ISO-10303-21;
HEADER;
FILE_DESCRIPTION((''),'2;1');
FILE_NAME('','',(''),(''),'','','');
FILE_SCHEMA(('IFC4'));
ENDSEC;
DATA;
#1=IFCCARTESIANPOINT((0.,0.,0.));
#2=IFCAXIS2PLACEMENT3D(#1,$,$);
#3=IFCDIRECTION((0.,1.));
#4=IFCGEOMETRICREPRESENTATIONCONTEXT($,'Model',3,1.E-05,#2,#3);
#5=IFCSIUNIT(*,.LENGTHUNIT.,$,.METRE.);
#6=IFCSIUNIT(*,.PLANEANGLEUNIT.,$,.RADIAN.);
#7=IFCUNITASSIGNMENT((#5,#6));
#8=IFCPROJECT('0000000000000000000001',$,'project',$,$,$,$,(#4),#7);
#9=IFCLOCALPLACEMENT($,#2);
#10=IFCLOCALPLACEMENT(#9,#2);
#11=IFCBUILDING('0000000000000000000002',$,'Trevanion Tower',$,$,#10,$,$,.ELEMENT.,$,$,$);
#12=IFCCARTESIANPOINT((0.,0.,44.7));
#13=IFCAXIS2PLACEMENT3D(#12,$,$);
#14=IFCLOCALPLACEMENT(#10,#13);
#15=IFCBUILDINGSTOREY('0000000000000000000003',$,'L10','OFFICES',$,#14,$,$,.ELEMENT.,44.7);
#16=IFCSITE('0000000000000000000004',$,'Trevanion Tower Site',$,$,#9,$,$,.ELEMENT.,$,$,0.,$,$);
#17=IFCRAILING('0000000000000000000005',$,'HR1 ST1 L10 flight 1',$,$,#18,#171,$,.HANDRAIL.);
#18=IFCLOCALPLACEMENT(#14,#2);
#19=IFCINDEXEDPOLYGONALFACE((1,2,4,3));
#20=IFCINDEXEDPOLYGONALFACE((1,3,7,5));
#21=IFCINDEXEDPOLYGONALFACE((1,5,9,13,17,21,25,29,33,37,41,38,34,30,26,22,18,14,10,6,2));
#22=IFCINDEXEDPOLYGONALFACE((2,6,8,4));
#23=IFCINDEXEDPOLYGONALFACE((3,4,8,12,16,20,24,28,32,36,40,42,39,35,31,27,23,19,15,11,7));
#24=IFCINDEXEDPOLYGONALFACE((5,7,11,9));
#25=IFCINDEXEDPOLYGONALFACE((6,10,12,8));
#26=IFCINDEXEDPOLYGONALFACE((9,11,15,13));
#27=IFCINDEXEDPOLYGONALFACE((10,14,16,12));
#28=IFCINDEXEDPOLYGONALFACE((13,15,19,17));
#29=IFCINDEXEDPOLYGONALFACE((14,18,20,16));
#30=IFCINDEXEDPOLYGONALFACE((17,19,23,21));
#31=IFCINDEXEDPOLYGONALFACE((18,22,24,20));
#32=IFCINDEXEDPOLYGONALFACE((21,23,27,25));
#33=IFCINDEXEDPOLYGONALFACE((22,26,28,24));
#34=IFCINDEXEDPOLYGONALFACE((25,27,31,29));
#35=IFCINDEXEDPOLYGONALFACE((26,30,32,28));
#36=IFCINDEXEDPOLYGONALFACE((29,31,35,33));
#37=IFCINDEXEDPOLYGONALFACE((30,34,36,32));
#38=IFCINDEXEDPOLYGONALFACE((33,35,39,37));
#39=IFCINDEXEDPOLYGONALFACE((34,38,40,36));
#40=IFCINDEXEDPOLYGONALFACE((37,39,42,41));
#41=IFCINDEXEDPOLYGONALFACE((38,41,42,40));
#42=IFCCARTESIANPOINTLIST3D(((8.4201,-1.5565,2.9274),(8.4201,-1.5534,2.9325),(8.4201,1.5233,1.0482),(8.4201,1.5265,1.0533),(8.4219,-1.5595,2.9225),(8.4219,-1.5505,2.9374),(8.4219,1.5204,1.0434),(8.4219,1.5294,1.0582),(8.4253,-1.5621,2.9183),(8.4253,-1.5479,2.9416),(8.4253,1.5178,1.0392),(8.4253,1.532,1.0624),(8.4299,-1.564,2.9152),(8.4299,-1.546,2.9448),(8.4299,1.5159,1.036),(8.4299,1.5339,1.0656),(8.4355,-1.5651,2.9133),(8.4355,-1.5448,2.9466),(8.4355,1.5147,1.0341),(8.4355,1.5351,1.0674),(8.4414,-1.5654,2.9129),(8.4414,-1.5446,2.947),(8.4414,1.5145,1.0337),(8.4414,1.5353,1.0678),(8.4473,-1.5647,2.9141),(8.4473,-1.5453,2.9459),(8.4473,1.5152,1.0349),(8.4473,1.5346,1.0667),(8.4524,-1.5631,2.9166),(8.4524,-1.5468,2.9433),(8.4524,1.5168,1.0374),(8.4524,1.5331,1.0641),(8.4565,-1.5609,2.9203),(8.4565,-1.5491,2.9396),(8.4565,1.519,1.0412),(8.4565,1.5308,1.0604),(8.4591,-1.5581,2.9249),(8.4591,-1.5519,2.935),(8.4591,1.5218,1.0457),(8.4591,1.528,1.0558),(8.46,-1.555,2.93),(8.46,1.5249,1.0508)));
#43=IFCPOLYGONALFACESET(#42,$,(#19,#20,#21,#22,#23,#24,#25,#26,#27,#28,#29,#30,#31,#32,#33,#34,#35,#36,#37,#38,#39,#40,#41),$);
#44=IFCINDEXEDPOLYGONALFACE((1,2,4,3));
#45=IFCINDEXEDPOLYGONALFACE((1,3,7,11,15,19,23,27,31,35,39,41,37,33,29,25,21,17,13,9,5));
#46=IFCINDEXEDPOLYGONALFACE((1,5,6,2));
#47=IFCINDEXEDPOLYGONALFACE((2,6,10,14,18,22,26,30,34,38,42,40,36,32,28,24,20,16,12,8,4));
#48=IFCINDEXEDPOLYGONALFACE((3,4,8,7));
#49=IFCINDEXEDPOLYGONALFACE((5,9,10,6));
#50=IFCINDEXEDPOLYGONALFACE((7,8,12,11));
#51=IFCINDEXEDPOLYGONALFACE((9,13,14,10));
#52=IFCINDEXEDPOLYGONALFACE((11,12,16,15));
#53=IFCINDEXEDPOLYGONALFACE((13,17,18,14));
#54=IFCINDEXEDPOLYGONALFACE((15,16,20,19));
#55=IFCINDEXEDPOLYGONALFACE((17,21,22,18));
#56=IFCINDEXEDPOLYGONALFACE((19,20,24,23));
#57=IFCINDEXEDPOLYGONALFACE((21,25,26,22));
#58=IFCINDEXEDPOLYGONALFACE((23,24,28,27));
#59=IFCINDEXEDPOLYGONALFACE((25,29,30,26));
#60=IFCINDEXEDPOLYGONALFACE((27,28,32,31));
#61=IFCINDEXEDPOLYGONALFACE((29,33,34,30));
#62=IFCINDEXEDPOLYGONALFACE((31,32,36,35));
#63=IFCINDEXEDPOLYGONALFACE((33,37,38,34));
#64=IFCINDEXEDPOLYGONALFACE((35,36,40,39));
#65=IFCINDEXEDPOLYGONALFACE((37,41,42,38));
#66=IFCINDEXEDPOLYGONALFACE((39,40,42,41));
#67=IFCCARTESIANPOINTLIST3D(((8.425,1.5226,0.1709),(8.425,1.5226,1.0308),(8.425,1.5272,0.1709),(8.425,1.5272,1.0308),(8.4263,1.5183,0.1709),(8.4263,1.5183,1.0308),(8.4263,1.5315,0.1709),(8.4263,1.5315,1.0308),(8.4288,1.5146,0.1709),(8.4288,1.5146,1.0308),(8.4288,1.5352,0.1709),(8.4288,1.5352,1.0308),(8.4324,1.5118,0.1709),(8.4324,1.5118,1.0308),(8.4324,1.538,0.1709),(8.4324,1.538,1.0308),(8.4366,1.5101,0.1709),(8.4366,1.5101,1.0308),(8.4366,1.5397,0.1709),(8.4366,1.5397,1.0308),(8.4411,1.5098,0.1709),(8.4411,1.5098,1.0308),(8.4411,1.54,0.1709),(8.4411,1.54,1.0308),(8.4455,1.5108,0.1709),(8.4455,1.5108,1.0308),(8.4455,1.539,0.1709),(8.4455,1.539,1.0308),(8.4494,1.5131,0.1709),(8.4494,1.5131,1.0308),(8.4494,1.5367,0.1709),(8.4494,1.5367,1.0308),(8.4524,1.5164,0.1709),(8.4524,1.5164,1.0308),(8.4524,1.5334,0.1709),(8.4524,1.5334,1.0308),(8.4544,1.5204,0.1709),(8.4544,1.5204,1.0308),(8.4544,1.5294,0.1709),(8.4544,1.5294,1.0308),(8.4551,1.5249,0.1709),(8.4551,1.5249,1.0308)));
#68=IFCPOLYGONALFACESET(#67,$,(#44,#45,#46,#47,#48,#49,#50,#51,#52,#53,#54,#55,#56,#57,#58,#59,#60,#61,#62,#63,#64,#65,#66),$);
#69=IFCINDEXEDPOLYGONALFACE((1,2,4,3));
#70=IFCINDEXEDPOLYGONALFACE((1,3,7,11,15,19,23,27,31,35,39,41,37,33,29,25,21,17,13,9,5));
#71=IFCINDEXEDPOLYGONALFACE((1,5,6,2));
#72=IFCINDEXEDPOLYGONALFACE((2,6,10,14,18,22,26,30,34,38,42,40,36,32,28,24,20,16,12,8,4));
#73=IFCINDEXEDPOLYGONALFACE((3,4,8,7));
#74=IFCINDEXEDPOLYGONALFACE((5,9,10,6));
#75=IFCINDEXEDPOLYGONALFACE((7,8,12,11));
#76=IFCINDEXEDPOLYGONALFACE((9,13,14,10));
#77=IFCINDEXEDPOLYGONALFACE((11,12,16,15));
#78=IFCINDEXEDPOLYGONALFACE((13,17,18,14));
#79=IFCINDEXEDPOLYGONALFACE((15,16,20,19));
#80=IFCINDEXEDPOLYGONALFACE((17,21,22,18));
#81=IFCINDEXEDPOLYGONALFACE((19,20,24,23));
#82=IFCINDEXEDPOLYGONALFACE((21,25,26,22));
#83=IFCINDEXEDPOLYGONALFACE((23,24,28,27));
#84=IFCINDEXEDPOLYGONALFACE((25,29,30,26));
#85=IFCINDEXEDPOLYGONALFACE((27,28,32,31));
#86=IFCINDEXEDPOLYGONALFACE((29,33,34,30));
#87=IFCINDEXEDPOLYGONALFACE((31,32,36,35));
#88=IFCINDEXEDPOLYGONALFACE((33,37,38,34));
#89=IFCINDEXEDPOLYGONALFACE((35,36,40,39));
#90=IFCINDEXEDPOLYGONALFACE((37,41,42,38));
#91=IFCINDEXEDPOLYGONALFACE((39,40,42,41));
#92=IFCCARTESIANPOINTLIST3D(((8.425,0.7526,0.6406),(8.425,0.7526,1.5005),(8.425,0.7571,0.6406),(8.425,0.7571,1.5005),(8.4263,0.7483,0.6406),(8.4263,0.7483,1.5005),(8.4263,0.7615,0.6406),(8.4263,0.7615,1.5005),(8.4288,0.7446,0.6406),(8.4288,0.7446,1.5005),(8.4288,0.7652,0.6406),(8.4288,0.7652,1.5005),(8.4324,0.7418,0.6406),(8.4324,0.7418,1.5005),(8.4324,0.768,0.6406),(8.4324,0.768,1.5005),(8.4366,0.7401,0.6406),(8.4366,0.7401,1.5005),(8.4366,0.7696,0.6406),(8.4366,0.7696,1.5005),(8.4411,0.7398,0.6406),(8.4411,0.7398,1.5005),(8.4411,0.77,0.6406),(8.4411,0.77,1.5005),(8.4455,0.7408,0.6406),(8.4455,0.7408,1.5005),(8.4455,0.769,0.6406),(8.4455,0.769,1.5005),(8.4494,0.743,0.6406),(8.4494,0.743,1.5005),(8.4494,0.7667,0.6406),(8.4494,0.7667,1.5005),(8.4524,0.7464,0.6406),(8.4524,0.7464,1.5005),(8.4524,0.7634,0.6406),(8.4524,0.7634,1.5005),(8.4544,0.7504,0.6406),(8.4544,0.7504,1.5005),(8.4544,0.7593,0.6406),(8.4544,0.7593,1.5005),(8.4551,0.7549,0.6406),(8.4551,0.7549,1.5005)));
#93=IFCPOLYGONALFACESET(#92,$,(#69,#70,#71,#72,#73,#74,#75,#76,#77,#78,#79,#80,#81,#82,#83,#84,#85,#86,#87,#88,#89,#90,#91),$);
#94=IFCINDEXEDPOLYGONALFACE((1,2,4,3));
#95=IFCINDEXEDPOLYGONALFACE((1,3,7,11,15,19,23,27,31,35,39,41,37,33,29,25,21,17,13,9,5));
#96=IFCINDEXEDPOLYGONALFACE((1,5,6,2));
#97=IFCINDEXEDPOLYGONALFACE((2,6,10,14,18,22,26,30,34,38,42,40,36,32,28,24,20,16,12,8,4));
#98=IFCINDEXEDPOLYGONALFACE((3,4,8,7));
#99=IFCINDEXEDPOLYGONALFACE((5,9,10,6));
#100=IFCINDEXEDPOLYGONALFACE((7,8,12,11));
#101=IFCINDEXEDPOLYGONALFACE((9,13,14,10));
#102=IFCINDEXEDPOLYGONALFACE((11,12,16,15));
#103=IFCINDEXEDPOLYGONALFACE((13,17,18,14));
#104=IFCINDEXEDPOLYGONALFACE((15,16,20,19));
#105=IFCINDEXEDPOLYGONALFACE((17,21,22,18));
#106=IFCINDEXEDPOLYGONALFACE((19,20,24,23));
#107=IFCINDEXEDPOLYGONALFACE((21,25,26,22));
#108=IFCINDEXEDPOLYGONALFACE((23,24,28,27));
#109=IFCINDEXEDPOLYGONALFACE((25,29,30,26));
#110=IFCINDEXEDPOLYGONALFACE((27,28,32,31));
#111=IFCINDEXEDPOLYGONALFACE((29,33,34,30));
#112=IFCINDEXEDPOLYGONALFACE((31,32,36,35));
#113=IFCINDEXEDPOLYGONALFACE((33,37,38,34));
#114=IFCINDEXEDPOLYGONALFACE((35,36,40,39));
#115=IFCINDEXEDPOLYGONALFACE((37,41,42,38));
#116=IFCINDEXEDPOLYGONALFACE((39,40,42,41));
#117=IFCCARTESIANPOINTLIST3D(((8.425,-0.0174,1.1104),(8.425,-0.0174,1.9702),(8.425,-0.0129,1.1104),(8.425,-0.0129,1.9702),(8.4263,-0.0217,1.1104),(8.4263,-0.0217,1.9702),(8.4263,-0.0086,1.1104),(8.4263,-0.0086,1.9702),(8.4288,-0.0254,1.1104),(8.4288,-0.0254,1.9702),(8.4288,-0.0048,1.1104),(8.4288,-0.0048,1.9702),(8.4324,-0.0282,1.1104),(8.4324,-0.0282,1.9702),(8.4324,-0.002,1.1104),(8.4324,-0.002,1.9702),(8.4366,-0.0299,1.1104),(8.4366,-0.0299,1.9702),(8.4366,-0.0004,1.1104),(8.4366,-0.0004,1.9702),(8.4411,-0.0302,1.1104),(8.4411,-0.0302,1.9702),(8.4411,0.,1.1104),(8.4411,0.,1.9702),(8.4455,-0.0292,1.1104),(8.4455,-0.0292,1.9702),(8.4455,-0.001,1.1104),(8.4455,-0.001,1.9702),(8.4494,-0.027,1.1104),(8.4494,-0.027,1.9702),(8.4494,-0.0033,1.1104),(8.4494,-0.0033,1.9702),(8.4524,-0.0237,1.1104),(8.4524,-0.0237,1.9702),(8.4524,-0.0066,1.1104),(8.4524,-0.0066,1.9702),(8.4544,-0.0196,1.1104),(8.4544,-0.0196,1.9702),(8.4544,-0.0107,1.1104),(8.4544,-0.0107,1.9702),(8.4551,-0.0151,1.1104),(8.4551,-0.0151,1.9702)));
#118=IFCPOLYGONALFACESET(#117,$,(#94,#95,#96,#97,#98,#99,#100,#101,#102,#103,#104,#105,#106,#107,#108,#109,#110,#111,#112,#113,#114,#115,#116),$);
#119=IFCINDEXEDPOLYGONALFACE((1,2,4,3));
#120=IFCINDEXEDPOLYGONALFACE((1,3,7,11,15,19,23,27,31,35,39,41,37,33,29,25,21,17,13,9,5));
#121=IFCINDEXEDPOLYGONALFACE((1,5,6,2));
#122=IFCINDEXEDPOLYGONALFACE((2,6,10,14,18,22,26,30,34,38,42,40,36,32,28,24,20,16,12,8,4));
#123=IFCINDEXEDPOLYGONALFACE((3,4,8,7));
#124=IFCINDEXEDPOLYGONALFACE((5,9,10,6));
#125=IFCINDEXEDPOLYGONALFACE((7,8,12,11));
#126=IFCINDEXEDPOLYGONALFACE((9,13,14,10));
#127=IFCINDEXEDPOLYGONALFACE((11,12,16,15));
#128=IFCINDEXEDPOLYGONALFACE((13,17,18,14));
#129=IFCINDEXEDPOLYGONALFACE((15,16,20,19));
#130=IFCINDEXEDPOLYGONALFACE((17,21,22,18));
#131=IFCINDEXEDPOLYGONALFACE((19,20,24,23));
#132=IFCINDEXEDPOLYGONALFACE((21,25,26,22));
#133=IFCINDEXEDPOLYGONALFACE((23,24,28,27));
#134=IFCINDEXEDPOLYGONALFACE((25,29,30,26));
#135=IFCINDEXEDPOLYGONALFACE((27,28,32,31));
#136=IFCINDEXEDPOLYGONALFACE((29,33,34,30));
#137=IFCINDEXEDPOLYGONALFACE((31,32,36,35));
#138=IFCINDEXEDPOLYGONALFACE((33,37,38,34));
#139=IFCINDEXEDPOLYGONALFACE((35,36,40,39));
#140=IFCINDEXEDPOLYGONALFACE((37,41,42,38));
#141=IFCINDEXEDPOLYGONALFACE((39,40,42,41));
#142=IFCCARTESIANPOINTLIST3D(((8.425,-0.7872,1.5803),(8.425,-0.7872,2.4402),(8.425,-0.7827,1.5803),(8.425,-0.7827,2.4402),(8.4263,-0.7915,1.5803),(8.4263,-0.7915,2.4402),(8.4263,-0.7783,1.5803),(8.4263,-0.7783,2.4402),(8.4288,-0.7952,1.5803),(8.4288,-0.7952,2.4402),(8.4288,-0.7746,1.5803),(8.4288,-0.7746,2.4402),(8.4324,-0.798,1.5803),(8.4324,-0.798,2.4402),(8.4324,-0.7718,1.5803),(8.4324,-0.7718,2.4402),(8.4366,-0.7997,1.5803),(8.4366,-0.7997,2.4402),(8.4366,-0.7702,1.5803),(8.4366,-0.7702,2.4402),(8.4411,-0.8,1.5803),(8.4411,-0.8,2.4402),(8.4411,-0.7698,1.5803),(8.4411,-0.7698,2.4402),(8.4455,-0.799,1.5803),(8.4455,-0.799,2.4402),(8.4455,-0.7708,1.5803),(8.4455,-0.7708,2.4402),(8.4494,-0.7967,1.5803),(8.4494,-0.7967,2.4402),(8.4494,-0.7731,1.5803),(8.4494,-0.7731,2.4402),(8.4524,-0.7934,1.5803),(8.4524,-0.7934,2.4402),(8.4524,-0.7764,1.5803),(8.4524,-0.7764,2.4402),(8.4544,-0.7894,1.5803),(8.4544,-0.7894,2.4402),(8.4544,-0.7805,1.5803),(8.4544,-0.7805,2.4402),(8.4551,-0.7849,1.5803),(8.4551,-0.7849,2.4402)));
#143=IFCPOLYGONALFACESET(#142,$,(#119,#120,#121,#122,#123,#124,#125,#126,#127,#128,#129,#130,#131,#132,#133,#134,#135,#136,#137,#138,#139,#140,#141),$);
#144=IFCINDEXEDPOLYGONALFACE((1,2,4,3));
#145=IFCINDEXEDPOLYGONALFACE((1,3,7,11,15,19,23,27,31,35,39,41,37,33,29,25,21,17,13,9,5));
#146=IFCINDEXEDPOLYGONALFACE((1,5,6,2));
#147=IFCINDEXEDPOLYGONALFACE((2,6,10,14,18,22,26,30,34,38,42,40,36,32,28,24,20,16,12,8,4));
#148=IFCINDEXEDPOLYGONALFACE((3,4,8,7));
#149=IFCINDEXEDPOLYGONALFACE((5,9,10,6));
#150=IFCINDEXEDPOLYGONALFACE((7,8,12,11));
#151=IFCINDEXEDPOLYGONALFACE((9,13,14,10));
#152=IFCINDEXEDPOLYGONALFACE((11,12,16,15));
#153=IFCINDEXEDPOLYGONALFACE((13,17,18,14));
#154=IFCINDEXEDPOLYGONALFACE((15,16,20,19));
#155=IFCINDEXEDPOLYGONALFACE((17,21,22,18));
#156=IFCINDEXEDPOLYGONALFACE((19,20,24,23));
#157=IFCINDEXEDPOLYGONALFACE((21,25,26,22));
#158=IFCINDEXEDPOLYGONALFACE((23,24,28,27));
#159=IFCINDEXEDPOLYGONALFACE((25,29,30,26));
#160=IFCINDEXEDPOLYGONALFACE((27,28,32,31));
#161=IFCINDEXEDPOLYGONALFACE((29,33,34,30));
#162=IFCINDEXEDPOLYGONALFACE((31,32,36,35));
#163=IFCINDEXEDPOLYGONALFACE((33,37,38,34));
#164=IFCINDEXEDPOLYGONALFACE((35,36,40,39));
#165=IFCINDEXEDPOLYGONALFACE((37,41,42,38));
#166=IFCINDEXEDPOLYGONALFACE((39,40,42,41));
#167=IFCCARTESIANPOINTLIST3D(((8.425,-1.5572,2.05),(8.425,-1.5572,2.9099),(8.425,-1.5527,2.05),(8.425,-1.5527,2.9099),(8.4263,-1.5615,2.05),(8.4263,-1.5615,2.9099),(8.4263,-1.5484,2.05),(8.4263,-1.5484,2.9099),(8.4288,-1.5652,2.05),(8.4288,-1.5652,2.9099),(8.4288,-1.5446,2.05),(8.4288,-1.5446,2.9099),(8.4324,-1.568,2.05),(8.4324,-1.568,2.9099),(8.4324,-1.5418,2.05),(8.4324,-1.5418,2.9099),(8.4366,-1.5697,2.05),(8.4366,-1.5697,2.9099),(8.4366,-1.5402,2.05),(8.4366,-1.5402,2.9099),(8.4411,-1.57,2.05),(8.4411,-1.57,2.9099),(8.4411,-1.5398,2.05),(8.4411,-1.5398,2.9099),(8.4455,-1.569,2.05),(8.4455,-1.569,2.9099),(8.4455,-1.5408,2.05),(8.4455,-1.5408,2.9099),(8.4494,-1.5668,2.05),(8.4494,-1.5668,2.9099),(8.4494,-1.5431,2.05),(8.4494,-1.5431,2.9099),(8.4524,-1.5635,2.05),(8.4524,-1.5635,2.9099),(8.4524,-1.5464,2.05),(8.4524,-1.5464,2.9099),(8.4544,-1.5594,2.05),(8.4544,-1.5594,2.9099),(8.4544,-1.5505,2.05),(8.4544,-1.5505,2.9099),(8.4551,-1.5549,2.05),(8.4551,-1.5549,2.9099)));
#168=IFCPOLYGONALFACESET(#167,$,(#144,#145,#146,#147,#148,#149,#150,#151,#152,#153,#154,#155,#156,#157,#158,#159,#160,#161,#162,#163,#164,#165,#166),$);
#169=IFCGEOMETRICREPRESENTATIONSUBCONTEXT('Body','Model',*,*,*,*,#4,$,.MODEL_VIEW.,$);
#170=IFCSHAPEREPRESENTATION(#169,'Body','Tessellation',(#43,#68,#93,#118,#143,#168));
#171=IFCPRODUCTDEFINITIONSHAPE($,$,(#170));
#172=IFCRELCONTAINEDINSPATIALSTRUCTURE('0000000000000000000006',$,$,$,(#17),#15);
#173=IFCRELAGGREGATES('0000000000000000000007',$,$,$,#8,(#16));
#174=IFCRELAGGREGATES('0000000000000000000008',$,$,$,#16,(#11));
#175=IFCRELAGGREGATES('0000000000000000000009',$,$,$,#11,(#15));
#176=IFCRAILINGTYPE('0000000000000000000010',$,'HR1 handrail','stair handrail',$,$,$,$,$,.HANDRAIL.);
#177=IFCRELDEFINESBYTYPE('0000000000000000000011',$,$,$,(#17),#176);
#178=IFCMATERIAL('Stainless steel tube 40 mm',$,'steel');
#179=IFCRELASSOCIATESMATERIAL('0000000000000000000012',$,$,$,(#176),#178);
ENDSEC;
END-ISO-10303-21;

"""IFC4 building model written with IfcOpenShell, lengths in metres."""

from ifc_helpers import new_model, si_unit, direction, frame, origin, origin_2d, place, context, subcontext, project, spatial, circle, extrude, material, type_object, element, save


model = new_model("IFC4")

# Units and contexts
model_context = context("Model", 3, precision=1e-05, world=origin(), true_north=direction((0.0, 1.0)))
body_context = subcontext(model_context, "Body", "Model", "MODEL_VIEW")
ifc_project = project(units=[si_unit("LENGTHUNIT", "METRE"), si_unit("PLANEANGLEUNIT", "RADIAN")], contexts=[model_context])

# Site, building, storey
site_placement = place(None, origin())
site = spatial("IfcSite", under=ifc_project, at=site_placement, Name="Trevanion Tower Site", CompositionType="ELEMENT", RefElevation=0.0)
building_placement = place(site_placement, origin())
building = spatial("IfcBuilding", under=site, at=building_placement, Name="Trevanion Tower", CompositionType="ELEMENT")
storey_placement = place(building_placement, frame((0.0, 0.0, 44.7)))
storey = spatial("IfcBuildingStorey", under=building, at=storey_placement, Name="L10", Description="OFFICES", CompositionType="ELEMENT", Elevation=44.7)

# Railing
ifc_material_1 = material(Name="Stainless steel tube 40 mm", Category="steel")
railing_type = type_object("IfcRailingType", Name="HR1 handrail", Description="stair handrail", PredefinedType="HANDRAIL", material=ifc_material_1)
for number, where, name in (
    (1, (8.4399, 1.5249, 0.1709), "HR1 ST1 L10 flight 1"),
):
    element("IfcRailing", number, at=place(storey_placement, frame(where)), inside=storey, type_object=railing_type, Name=name, PredefinedType="HANDRAIL", context=body_context, shape_type="SweptSolid", body=[
        extrude(circle(Radius=0.02, at=origin_2d()), frame((0.0, 0.0, 0.8799), z_axis=(0.0, -0.853648, 0.52085), x_axis=(1.0, 0.0, 0.0)), (0.0, 0.0, 1.0), 3.6079),
        extrude(circle(Radius=0.0151, at=origin_2d()), origin(), (0.0, 0.0, 1.0), 0.8599),
        extrude(circle(Radius=0.0151, at=origin_2d()), frame((0.0, -0.77, 0.4697)), (0.0, 0.0, 1.0), 0.8599),
        extrude(circle(Radius=0.0151, at=origin_2d()), frame((0.0, -1.54, 0.9395)), (0.0, 0.0, 1.0), 0.8599),
        extrude(circle(Radius=0.0151, at=origin_2d()), frame((0.0, -2.3098, 1.4094)), (0.0, 0.0, 1.0), 0.8599),
        extrude(circle(Radius=0.0151, at=origin_2d()), frame((0.0, -3.0798, 1.8792)), (0.0, 0.0, 1.0), 0.8599),
    ])

save(model, "model.ifc")
